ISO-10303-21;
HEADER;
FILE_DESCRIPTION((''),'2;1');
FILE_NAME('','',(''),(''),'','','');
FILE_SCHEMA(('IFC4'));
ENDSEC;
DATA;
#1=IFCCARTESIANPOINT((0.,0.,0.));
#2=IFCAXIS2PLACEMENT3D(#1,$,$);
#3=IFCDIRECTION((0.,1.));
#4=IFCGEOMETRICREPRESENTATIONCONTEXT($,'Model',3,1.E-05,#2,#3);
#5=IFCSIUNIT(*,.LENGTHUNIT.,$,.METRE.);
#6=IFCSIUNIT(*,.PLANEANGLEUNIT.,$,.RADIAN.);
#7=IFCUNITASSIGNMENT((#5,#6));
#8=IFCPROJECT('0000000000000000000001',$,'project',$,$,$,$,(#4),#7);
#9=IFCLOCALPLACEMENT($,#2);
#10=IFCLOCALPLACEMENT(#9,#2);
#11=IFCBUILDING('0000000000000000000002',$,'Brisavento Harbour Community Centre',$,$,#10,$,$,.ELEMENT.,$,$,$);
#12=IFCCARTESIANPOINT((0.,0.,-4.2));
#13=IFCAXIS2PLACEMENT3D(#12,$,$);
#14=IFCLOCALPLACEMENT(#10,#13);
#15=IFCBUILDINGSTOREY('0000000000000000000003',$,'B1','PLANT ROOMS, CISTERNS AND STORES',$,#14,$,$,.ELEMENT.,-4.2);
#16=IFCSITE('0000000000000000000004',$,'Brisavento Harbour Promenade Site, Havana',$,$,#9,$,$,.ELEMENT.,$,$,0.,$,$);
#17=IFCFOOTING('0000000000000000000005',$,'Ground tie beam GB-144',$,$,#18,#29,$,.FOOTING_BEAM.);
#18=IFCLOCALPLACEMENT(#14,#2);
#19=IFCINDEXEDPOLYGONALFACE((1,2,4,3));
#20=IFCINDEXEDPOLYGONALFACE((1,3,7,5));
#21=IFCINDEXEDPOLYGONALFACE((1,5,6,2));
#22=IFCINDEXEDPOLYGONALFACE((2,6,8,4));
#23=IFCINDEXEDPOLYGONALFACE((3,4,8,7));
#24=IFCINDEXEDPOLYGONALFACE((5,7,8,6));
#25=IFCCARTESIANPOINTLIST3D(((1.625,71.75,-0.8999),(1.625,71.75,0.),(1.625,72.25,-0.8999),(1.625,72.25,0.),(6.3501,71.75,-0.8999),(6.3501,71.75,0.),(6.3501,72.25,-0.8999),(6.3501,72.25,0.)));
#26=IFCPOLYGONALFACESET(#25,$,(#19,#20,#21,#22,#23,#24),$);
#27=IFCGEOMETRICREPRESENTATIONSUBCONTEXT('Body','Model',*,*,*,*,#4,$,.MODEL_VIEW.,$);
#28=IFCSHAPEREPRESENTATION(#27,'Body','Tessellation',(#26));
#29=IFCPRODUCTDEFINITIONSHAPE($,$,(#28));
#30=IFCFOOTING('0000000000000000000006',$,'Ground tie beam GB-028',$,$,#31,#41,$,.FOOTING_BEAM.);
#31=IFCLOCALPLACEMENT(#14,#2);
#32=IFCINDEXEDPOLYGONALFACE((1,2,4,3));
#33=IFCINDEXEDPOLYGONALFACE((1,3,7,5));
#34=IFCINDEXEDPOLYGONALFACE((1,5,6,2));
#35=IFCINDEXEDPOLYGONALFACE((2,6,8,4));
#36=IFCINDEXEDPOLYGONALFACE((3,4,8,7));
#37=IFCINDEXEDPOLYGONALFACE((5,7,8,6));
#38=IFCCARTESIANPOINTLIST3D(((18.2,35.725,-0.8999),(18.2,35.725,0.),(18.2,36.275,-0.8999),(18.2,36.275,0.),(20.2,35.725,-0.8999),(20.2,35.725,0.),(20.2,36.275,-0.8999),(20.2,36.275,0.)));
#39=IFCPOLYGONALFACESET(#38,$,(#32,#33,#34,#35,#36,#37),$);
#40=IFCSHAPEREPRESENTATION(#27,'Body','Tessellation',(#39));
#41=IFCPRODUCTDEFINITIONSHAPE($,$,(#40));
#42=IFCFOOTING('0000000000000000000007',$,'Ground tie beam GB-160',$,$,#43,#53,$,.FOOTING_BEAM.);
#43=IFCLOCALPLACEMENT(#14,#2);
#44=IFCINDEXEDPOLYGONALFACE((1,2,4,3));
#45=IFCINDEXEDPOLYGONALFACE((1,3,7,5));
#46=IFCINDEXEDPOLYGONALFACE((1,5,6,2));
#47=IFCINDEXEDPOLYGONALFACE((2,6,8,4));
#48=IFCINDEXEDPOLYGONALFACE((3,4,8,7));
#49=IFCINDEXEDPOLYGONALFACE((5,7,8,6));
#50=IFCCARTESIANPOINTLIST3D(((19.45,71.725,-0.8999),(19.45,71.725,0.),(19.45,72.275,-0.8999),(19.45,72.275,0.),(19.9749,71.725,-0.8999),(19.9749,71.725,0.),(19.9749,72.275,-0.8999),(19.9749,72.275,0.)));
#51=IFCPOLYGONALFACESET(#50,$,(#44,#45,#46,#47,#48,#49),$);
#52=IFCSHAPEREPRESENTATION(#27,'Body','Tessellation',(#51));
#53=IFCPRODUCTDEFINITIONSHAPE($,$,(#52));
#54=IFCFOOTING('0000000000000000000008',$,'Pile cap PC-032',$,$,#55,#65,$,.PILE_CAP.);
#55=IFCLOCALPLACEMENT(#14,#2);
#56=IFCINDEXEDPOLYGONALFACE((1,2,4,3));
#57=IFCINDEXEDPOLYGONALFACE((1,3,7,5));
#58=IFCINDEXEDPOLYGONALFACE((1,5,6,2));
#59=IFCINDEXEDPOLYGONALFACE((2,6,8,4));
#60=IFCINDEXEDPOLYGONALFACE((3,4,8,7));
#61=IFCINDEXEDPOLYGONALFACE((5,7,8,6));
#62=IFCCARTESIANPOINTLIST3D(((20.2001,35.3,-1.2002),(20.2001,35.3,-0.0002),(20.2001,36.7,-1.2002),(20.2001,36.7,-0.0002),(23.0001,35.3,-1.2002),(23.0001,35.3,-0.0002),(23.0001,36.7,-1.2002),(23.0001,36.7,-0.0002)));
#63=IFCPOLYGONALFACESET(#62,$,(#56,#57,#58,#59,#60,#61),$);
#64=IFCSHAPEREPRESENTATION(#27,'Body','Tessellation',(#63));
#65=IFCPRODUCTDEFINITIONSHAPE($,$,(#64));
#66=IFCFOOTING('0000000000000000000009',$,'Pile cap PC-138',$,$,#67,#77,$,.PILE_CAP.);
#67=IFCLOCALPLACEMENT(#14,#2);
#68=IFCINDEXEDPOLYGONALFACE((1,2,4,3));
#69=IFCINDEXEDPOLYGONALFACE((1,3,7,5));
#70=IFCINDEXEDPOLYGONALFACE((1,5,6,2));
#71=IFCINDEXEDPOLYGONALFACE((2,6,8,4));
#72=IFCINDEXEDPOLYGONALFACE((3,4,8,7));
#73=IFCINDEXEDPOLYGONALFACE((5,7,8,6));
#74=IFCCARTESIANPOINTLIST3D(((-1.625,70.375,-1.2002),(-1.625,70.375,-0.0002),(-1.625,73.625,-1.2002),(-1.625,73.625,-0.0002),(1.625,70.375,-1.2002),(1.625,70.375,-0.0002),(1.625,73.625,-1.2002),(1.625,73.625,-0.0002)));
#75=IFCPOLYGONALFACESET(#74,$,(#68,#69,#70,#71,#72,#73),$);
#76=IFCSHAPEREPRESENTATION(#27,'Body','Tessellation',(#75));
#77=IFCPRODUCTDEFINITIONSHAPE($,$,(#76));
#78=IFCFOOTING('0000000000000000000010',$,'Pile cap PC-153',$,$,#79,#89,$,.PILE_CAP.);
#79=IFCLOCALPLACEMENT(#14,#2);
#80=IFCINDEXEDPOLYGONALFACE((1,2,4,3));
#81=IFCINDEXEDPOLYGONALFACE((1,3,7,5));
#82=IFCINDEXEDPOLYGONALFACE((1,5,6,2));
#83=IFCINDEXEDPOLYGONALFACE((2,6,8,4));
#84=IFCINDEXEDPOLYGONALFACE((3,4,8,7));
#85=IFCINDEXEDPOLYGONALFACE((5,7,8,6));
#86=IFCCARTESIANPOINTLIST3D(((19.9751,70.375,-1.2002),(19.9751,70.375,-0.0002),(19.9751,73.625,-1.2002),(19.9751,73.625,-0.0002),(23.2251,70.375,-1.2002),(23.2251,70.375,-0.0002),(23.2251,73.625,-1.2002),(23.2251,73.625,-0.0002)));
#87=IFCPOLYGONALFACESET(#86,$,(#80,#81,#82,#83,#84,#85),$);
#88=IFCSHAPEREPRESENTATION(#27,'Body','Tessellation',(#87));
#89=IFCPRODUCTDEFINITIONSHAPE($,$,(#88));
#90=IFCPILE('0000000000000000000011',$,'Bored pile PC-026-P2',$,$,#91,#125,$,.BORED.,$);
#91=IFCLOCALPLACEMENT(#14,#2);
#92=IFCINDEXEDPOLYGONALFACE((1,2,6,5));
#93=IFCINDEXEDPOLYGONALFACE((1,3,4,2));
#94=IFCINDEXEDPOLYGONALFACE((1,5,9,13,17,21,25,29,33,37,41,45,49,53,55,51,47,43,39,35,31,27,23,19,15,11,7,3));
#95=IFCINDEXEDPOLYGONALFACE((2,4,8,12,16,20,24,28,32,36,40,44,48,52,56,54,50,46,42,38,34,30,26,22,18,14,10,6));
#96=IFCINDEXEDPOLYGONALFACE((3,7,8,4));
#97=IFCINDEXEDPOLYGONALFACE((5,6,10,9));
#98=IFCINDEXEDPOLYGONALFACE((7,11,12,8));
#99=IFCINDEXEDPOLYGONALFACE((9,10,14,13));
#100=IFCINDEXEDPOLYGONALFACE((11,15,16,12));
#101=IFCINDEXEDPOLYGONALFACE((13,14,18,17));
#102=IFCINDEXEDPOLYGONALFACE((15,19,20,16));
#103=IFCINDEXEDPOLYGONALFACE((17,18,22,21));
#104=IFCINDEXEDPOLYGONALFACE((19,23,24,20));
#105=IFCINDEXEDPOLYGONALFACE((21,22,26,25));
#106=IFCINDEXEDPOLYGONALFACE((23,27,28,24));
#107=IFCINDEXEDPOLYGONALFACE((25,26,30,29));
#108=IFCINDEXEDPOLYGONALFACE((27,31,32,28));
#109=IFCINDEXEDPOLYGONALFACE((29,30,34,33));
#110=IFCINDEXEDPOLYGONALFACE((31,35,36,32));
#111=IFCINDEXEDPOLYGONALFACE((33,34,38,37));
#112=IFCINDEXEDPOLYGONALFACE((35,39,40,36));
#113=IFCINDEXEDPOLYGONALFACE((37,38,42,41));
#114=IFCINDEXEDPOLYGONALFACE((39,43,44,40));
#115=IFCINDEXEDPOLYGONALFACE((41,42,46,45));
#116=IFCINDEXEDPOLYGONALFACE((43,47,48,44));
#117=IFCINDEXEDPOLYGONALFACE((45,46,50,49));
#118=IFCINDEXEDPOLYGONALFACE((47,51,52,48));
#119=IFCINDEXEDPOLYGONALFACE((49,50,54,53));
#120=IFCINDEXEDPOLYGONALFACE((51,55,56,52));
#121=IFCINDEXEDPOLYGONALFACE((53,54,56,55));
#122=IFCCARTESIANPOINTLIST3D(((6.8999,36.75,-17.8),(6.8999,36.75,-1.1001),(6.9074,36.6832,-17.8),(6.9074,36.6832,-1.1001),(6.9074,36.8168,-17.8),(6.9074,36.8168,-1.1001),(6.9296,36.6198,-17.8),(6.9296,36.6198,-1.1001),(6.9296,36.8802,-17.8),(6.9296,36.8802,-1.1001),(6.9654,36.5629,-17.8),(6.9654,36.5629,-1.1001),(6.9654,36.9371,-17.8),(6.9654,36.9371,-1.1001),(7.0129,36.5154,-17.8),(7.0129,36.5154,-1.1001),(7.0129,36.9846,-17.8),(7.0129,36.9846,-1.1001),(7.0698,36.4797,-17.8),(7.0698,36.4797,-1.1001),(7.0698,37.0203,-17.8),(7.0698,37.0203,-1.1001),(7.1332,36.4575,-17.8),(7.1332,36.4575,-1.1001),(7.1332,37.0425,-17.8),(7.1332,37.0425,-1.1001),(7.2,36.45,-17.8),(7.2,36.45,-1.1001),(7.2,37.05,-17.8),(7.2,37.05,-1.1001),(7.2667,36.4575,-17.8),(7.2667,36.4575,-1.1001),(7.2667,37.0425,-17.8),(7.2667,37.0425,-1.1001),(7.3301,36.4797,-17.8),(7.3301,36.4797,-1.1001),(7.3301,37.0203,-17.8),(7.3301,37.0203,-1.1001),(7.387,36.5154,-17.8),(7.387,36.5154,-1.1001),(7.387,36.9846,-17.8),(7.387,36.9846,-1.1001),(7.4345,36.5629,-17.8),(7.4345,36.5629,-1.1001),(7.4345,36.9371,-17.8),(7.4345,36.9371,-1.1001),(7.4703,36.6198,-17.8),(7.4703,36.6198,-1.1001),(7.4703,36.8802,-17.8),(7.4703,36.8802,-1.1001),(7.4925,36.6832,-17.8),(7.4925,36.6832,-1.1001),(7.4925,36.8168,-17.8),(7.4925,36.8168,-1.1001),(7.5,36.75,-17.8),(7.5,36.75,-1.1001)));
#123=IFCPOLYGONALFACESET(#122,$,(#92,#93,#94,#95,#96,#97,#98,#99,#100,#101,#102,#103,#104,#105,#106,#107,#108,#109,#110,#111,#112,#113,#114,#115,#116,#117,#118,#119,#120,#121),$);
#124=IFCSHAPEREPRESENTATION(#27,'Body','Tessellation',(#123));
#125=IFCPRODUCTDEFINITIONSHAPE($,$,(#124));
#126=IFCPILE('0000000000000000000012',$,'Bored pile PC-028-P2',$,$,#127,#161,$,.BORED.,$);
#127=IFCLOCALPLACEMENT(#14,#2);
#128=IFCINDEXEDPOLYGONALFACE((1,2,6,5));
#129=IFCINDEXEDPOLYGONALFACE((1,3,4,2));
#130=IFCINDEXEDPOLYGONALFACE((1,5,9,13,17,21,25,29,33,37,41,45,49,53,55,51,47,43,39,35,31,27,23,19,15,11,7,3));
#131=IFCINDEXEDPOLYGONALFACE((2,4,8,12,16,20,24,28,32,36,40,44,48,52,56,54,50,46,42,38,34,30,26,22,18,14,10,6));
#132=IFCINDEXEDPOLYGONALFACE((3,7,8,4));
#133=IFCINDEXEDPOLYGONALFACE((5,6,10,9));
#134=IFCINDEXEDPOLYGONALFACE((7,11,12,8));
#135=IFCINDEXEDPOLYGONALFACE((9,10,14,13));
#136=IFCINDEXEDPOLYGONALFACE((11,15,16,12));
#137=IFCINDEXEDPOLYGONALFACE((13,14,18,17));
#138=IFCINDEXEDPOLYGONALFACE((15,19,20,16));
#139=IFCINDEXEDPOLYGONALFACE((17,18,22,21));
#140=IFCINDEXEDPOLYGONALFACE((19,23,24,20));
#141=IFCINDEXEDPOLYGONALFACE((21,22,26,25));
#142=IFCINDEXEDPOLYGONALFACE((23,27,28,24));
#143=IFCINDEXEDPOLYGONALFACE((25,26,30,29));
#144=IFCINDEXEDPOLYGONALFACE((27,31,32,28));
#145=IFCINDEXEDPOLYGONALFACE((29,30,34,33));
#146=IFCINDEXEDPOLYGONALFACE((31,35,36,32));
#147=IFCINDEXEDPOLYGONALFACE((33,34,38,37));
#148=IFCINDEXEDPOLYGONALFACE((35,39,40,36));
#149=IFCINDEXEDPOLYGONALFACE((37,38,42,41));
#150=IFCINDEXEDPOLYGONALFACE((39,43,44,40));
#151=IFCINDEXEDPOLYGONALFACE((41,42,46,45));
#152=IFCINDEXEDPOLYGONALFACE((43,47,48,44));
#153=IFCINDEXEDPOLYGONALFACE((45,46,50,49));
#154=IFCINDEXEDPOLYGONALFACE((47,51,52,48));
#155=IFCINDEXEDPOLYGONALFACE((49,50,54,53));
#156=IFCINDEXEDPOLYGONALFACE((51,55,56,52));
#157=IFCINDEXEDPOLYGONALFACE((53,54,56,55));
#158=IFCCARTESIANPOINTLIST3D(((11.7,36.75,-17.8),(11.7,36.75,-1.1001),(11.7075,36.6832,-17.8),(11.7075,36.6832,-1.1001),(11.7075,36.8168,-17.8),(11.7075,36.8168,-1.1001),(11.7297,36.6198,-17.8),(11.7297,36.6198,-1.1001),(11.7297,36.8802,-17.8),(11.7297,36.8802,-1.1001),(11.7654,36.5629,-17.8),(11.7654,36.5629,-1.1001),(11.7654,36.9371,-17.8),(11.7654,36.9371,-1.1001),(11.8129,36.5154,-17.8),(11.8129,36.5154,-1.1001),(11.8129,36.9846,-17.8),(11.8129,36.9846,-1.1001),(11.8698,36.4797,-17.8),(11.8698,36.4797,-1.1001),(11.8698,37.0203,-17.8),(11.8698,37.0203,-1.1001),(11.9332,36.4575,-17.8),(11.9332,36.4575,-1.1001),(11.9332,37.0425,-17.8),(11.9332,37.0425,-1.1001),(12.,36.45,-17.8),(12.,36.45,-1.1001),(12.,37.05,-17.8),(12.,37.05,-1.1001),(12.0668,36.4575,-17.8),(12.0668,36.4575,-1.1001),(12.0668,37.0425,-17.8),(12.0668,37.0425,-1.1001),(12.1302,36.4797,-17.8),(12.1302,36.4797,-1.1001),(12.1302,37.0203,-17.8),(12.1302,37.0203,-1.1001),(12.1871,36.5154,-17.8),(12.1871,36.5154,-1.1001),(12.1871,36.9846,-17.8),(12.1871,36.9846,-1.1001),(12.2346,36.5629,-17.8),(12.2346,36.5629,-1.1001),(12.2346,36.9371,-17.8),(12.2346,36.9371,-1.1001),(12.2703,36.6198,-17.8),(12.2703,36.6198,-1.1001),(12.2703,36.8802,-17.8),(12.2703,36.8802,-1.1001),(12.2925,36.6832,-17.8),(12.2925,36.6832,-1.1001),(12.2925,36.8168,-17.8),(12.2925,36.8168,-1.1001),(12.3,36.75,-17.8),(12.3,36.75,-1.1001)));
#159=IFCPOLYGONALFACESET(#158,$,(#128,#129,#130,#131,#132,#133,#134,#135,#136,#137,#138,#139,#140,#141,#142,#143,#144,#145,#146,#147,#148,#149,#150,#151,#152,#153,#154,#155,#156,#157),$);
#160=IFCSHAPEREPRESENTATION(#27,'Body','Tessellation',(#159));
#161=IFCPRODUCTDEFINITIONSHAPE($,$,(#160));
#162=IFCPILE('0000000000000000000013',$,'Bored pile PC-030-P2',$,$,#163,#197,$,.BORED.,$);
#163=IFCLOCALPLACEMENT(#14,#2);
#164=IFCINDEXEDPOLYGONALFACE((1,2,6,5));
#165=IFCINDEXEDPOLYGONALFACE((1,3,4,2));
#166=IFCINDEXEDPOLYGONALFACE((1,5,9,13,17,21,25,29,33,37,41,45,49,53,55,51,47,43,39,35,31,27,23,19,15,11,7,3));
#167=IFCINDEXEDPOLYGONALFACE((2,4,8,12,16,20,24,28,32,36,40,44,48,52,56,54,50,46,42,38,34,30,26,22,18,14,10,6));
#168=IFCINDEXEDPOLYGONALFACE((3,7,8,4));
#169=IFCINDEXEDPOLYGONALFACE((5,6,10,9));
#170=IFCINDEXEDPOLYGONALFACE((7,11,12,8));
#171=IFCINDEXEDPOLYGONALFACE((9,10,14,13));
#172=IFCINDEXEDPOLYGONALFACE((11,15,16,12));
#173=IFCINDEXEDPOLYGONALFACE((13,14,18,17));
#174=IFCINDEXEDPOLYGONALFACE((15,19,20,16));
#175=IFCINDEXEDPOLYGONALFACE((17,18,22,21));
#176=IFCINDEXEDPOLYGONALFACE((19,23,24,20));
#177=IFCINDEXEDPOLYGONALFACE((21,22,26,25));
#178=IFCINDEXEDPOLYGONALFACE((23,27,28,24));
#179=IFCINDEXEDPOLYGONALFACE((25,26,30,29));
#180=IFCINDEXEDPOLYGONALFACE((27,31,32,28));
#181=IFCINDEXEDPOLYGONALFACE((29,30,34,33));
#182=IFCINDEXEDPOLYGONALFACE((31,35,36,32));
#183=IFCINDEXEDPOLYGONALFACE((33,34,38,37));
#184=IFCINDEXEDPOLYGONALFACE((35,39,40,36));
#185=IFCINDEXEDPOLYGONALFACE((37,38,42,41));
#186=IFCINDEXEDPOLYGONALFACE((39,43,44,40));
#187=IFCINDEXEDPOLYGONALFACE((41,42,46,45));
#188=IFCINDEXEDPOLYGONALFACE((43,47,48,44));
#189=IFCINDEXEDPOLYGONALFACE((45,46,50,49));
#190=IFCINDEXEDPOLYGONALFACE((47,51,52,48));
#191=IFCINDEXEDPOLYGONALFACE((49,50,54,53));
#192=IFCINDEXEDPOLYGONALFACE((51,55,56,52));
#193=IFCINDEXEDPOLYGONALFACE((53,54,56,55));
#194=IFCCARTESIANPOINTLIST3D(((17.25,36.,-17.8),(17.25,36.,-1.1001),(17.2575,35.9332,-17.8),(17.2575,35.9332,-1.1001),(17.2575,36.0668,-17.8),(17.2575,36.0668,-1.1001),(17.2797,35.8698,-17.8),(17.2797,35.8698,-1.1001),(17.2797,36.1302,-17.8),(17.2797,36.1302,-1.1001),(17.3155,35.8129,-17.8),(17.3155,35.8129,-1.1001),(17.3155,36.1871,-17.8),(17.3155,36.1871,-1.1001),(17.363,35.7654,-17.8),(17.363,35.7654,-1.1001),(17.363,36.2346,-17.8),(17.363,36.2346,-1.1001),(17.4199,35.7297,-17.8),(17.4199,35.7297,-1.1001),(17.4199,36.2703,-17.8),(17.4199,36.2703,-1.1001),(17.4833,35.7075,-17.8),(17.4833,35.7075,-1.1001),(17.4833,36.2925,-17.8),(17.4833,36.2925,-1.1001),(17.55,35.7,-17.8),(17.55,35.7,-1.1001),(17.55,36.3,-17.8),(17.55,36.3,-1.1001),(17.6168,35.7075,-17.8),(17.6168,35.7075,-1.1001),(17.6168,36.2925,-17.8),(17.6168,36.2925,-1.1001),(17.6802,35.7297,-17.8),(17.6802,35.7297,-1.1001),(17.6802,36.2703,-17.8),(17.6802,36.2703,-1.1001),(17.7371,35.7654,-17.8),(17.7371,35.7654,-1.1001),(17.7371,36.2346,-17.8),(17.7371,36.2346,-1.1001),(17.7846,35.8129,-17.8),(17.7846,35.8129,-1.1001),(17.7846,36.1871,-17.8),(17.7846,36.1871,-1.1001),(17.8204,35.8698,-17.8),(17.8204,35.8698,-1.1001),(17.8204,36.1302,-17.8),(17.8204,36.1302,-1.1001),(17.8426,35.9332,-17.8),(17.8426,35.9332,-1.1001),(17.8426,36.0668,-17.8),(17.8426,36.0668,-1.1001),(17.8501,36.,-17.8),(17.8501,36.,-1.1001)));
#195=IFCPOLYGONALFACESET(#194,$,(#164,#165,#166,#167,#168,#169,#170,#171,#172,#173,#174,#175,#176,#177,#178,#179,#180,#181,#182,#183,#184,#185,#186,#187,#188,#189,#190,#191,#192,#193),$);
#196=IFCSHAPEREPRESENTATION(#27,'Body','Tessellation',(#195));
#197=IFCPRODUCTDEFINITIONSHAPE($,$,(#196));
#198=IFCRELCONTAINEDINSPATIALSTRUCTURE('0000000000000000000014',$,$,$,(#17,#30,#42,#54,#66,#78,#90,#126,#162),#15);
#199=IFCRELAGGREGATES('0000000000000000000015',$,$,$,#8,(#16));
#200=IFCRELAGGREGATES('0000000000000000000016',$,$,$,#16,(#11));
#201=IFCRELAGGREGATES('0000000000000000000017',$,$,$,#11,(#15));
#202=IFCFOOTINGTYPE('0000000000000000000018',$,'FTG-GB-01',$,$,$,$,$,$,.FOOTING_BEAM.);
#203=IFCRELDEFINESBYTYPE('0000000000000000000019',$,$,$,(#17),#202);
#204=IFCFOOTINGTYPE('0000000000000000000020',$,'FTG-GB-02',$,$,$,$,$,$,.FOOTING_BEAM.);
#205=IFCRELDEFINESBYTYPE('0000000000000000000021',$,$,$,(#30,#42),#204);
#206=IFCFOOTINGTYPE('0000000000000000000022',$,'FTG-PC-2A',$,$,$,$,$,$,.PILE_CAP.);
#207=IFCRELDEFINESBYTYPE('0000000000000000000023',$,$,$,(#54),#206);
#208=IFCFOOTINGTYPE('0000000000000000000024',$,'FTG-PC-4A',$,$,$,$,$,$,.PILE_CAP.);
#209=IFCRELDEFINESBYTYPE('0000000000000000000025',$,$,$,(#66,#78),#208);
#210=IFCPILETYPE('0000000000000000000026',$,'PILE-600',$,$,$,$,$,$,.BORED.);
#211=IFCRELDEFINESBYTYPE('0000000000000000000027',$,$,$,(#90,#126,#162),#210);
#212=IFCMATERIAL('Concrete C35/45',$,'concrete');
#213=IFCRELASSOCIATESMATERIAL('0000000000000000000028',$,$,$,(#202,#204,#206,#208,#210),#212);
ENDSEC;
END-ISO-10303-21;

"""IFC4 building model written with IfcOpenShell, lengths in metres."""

from ifc_helpers import new_model, si_unit, direction, frame, origin, origin_2d, place, context, subcontext, project, spatial, rectangle, circle, extrude, material, material_profile, profile_set, type_object, element, save


model = new_model("IFC4")

# Units and contexts
model_context = context("Model", 3, precision=1e-05, world=origin(), true_north=direction((0.0, 1.0)))
body_context = subcontext(model_context, "Body", "Model", "MODEL_VIEW")
ifc_project = project(units=[si_unit("LENGTHUNIT", "METRE"), si_unit("PLANEANGLEUNIT", "RADIAN")], contexts=[model_context])

# Site, building, storey
site_placement = place(None, origin())
site = spatial("IfcSite", under=ifc_project, at=site_placement, Name="Brisavento Harbour Promenade Site, Havana", CompositionType="ELEMENT", RefElevation=0.0)
building_placement = place(site_placement, origin())
building = spatial("IfcBuilding", under=site, at=building_placement, Name="Brisavento Harbour Community Centre", CompositionType="ELEMENT")
storey_placement = place(building_placement, frame((0.0, 0.0, -4.2)))
storey = spatial("IfcBuildingStorey", under=building, at=storey_placement, Name="B1", Description="PLANT ROOMS, CISTERNS AND STORES", CompositionType="ELEMENT", Elevation=-4.2)

# Footings
ifc_material_1 = material(Name="Concrete C35/45", Category="concrete")
footing_type_1 = type_object("IfcFootingType", Name="FTG-GB-01", PredefinedType="FOOTING_BEAM", material=ifc_material_1)
footing_1_placement = place(storey_placement, frame((3.9875, 72.0, -0.8999), z_axis=(0.0, 0.0, 1.0), x_axis=(1.0, 0.0, 0.0)))
element("IfcFooting", 1, at=footing_1_placement, inside=storey, type_object=footing_type_1, Name="Ground tie beam GB-144", PredefinedType="FOOTING_BEAM", context=body_context, shape_type="SweptSolid", body=[
    extrude(rectangle(XDim=4.7251, YDim=0.5, at=origin_2d()), origin(), (0.0, 0.0, 1.0), 0.8999),
])
footing_type_2 = type_object("IfcFootingType", Name="FTG-GB-02", PredefinedType="FOOTING_BEAM", material=ifc_material_1)
footing_2_placement = place(storey_placement, frame((19.2, 36.0, -0.8999), z_axis=(0.0, 0.0, 1.0), x_axis=(1.0, 0.0, 0.0)))
element("IfcFooting", 2, at=footing_2_placement, inside=storey, type_object=footing_type_2, Name="Ground tie beam GB-028", PredefinedType="FOOTING_BEAM", context=body_context, shape_type="SweptSolid", body=[
    extrude(rectangle(XDim=2.0, YDim=0.55, at=origin_2d()), origin(), (0.0, 0.0, 1.0), 0.8999),
])
footing_3_placement = place(storey_placement, frame((19.7124, 72.0, -0.8999), z_axis=(0.0, 0.0, 1.0), x_axis=(1.0, 0.0, 0.0)))
element("IfcFooting", 3, at=footing_3_placement, inside=storey, type_object=footing_type_2, Name="Ground tie beam GB-160", PredefinedType="FOOTING_BEAM", context=body_context, shape_type="SweptSolid", body=[
    extrude(rectangle(XDim=0.5249, YDim=0.55, at=origin_2d()), origin(), (0.0, 0.0, 1.0), 0.8999),
])
footing_type_3 = type_object("IfcFootingType", Name="FTG-PC-2A", PredefinedType="PILE_CAP", material=ifc_material_1)
footing_4_placement = place(storey_placement, frame((21.6001, 36.0, -1.2002), z_axis=(0.0, 0.0, 1.0), x_axis=(1.0, 0.0, 0.0)))
element("IfcFooting", 4, at=footing_4_placement, inside=storey, type_object=footing_type_3, Name="Pile cap PC-032", PredefinedType="PILE_CAP", context=body_context, shape_type="SweptSolid", body=[
    extrude(rectangle(XDim=2.8, YDim=1.3999, at=origin_2d()), origin(), (0.0, 0.0, 1.0), 1.2),
])
footing_type_4 = type_object("IfcFootingType", Name="FTG-PC-4A", PredefinedType="PILE_CAP", material=ifc_material_1)
for number, where, z_axis, x_axis, name in (
    (5, (0.0, 72.0, -1.2002), (0.0, 0.0, 1.0), (1.0, 0.0, 0.0), "Pile cap PC-138"),
    (6, (21.6001, 72.0, -1.2002), (0.0, 0.0, 1.0), (1.0, 0.0, 0.0), "Pile cap PC-153"),
):
    element("IfcFooting", number, at=place(storey_placement, frame(where, z_axis=z_axis, x_axis=x_axis)), inside=storey, type_object=footing_type_4, Name=name, PredefinedType="PILE_CAP", context=body_context, shape_type="SweptSolid", body=[
        extrude(rectangle(XDim=3.25, YDim=3.25, at=origin_2d()), origin(), (0.0, 0.0, 1.0), 1.2),
    ])

# Piles
ifc_material_profile_1 = material_profile(ifc_material_1, circle(Radius=0.3, at=origin_2d()), Name="Concrete C35/45")
ifc_profile_set_1 = profile_set([ifc_material_profile_1], Name="Concrete C35/45")
pile_type_1 = type_object("IfcPileType", Name="PILE-600", PredefinedType="BORED", material=ifc_profile_set_1)
for number, where, z_axis, x_axis, name in (
    (7, (7.2, 36.75, -1.1001), (0.0, 0.0, -1.0), (1.0, 0.0, 0.0), "Bored pile PC-026-P2"),
    (8, (12.0, 36.75, -1.1001), (0.0, 0.0, -1.0), (1.0, 0.0, 0.0), "Bored pile PC-028-P2"),
    (9, (17.55, 36.0, -1.1001), (0.0, 0.0, -1.0), (1.0, 0.0, 0.0), "Bored pile PC-030-P2"),
):
    element("IfcPile", number, at=place(storey_placement, frame(where, z_axis=z_axis, x_axis=x_axis)), inside=storey, type_object=pile_type_1, Name=name, PredefinedType="BORED", context=body_context, shape_type="SweptSolid", body=[
        extrude(circle(Radius=0.3, at=origin_2d()), origin(), (0.0, 0.0, 1.0), 16.7),
    ])

save(model, "model.ifc")
